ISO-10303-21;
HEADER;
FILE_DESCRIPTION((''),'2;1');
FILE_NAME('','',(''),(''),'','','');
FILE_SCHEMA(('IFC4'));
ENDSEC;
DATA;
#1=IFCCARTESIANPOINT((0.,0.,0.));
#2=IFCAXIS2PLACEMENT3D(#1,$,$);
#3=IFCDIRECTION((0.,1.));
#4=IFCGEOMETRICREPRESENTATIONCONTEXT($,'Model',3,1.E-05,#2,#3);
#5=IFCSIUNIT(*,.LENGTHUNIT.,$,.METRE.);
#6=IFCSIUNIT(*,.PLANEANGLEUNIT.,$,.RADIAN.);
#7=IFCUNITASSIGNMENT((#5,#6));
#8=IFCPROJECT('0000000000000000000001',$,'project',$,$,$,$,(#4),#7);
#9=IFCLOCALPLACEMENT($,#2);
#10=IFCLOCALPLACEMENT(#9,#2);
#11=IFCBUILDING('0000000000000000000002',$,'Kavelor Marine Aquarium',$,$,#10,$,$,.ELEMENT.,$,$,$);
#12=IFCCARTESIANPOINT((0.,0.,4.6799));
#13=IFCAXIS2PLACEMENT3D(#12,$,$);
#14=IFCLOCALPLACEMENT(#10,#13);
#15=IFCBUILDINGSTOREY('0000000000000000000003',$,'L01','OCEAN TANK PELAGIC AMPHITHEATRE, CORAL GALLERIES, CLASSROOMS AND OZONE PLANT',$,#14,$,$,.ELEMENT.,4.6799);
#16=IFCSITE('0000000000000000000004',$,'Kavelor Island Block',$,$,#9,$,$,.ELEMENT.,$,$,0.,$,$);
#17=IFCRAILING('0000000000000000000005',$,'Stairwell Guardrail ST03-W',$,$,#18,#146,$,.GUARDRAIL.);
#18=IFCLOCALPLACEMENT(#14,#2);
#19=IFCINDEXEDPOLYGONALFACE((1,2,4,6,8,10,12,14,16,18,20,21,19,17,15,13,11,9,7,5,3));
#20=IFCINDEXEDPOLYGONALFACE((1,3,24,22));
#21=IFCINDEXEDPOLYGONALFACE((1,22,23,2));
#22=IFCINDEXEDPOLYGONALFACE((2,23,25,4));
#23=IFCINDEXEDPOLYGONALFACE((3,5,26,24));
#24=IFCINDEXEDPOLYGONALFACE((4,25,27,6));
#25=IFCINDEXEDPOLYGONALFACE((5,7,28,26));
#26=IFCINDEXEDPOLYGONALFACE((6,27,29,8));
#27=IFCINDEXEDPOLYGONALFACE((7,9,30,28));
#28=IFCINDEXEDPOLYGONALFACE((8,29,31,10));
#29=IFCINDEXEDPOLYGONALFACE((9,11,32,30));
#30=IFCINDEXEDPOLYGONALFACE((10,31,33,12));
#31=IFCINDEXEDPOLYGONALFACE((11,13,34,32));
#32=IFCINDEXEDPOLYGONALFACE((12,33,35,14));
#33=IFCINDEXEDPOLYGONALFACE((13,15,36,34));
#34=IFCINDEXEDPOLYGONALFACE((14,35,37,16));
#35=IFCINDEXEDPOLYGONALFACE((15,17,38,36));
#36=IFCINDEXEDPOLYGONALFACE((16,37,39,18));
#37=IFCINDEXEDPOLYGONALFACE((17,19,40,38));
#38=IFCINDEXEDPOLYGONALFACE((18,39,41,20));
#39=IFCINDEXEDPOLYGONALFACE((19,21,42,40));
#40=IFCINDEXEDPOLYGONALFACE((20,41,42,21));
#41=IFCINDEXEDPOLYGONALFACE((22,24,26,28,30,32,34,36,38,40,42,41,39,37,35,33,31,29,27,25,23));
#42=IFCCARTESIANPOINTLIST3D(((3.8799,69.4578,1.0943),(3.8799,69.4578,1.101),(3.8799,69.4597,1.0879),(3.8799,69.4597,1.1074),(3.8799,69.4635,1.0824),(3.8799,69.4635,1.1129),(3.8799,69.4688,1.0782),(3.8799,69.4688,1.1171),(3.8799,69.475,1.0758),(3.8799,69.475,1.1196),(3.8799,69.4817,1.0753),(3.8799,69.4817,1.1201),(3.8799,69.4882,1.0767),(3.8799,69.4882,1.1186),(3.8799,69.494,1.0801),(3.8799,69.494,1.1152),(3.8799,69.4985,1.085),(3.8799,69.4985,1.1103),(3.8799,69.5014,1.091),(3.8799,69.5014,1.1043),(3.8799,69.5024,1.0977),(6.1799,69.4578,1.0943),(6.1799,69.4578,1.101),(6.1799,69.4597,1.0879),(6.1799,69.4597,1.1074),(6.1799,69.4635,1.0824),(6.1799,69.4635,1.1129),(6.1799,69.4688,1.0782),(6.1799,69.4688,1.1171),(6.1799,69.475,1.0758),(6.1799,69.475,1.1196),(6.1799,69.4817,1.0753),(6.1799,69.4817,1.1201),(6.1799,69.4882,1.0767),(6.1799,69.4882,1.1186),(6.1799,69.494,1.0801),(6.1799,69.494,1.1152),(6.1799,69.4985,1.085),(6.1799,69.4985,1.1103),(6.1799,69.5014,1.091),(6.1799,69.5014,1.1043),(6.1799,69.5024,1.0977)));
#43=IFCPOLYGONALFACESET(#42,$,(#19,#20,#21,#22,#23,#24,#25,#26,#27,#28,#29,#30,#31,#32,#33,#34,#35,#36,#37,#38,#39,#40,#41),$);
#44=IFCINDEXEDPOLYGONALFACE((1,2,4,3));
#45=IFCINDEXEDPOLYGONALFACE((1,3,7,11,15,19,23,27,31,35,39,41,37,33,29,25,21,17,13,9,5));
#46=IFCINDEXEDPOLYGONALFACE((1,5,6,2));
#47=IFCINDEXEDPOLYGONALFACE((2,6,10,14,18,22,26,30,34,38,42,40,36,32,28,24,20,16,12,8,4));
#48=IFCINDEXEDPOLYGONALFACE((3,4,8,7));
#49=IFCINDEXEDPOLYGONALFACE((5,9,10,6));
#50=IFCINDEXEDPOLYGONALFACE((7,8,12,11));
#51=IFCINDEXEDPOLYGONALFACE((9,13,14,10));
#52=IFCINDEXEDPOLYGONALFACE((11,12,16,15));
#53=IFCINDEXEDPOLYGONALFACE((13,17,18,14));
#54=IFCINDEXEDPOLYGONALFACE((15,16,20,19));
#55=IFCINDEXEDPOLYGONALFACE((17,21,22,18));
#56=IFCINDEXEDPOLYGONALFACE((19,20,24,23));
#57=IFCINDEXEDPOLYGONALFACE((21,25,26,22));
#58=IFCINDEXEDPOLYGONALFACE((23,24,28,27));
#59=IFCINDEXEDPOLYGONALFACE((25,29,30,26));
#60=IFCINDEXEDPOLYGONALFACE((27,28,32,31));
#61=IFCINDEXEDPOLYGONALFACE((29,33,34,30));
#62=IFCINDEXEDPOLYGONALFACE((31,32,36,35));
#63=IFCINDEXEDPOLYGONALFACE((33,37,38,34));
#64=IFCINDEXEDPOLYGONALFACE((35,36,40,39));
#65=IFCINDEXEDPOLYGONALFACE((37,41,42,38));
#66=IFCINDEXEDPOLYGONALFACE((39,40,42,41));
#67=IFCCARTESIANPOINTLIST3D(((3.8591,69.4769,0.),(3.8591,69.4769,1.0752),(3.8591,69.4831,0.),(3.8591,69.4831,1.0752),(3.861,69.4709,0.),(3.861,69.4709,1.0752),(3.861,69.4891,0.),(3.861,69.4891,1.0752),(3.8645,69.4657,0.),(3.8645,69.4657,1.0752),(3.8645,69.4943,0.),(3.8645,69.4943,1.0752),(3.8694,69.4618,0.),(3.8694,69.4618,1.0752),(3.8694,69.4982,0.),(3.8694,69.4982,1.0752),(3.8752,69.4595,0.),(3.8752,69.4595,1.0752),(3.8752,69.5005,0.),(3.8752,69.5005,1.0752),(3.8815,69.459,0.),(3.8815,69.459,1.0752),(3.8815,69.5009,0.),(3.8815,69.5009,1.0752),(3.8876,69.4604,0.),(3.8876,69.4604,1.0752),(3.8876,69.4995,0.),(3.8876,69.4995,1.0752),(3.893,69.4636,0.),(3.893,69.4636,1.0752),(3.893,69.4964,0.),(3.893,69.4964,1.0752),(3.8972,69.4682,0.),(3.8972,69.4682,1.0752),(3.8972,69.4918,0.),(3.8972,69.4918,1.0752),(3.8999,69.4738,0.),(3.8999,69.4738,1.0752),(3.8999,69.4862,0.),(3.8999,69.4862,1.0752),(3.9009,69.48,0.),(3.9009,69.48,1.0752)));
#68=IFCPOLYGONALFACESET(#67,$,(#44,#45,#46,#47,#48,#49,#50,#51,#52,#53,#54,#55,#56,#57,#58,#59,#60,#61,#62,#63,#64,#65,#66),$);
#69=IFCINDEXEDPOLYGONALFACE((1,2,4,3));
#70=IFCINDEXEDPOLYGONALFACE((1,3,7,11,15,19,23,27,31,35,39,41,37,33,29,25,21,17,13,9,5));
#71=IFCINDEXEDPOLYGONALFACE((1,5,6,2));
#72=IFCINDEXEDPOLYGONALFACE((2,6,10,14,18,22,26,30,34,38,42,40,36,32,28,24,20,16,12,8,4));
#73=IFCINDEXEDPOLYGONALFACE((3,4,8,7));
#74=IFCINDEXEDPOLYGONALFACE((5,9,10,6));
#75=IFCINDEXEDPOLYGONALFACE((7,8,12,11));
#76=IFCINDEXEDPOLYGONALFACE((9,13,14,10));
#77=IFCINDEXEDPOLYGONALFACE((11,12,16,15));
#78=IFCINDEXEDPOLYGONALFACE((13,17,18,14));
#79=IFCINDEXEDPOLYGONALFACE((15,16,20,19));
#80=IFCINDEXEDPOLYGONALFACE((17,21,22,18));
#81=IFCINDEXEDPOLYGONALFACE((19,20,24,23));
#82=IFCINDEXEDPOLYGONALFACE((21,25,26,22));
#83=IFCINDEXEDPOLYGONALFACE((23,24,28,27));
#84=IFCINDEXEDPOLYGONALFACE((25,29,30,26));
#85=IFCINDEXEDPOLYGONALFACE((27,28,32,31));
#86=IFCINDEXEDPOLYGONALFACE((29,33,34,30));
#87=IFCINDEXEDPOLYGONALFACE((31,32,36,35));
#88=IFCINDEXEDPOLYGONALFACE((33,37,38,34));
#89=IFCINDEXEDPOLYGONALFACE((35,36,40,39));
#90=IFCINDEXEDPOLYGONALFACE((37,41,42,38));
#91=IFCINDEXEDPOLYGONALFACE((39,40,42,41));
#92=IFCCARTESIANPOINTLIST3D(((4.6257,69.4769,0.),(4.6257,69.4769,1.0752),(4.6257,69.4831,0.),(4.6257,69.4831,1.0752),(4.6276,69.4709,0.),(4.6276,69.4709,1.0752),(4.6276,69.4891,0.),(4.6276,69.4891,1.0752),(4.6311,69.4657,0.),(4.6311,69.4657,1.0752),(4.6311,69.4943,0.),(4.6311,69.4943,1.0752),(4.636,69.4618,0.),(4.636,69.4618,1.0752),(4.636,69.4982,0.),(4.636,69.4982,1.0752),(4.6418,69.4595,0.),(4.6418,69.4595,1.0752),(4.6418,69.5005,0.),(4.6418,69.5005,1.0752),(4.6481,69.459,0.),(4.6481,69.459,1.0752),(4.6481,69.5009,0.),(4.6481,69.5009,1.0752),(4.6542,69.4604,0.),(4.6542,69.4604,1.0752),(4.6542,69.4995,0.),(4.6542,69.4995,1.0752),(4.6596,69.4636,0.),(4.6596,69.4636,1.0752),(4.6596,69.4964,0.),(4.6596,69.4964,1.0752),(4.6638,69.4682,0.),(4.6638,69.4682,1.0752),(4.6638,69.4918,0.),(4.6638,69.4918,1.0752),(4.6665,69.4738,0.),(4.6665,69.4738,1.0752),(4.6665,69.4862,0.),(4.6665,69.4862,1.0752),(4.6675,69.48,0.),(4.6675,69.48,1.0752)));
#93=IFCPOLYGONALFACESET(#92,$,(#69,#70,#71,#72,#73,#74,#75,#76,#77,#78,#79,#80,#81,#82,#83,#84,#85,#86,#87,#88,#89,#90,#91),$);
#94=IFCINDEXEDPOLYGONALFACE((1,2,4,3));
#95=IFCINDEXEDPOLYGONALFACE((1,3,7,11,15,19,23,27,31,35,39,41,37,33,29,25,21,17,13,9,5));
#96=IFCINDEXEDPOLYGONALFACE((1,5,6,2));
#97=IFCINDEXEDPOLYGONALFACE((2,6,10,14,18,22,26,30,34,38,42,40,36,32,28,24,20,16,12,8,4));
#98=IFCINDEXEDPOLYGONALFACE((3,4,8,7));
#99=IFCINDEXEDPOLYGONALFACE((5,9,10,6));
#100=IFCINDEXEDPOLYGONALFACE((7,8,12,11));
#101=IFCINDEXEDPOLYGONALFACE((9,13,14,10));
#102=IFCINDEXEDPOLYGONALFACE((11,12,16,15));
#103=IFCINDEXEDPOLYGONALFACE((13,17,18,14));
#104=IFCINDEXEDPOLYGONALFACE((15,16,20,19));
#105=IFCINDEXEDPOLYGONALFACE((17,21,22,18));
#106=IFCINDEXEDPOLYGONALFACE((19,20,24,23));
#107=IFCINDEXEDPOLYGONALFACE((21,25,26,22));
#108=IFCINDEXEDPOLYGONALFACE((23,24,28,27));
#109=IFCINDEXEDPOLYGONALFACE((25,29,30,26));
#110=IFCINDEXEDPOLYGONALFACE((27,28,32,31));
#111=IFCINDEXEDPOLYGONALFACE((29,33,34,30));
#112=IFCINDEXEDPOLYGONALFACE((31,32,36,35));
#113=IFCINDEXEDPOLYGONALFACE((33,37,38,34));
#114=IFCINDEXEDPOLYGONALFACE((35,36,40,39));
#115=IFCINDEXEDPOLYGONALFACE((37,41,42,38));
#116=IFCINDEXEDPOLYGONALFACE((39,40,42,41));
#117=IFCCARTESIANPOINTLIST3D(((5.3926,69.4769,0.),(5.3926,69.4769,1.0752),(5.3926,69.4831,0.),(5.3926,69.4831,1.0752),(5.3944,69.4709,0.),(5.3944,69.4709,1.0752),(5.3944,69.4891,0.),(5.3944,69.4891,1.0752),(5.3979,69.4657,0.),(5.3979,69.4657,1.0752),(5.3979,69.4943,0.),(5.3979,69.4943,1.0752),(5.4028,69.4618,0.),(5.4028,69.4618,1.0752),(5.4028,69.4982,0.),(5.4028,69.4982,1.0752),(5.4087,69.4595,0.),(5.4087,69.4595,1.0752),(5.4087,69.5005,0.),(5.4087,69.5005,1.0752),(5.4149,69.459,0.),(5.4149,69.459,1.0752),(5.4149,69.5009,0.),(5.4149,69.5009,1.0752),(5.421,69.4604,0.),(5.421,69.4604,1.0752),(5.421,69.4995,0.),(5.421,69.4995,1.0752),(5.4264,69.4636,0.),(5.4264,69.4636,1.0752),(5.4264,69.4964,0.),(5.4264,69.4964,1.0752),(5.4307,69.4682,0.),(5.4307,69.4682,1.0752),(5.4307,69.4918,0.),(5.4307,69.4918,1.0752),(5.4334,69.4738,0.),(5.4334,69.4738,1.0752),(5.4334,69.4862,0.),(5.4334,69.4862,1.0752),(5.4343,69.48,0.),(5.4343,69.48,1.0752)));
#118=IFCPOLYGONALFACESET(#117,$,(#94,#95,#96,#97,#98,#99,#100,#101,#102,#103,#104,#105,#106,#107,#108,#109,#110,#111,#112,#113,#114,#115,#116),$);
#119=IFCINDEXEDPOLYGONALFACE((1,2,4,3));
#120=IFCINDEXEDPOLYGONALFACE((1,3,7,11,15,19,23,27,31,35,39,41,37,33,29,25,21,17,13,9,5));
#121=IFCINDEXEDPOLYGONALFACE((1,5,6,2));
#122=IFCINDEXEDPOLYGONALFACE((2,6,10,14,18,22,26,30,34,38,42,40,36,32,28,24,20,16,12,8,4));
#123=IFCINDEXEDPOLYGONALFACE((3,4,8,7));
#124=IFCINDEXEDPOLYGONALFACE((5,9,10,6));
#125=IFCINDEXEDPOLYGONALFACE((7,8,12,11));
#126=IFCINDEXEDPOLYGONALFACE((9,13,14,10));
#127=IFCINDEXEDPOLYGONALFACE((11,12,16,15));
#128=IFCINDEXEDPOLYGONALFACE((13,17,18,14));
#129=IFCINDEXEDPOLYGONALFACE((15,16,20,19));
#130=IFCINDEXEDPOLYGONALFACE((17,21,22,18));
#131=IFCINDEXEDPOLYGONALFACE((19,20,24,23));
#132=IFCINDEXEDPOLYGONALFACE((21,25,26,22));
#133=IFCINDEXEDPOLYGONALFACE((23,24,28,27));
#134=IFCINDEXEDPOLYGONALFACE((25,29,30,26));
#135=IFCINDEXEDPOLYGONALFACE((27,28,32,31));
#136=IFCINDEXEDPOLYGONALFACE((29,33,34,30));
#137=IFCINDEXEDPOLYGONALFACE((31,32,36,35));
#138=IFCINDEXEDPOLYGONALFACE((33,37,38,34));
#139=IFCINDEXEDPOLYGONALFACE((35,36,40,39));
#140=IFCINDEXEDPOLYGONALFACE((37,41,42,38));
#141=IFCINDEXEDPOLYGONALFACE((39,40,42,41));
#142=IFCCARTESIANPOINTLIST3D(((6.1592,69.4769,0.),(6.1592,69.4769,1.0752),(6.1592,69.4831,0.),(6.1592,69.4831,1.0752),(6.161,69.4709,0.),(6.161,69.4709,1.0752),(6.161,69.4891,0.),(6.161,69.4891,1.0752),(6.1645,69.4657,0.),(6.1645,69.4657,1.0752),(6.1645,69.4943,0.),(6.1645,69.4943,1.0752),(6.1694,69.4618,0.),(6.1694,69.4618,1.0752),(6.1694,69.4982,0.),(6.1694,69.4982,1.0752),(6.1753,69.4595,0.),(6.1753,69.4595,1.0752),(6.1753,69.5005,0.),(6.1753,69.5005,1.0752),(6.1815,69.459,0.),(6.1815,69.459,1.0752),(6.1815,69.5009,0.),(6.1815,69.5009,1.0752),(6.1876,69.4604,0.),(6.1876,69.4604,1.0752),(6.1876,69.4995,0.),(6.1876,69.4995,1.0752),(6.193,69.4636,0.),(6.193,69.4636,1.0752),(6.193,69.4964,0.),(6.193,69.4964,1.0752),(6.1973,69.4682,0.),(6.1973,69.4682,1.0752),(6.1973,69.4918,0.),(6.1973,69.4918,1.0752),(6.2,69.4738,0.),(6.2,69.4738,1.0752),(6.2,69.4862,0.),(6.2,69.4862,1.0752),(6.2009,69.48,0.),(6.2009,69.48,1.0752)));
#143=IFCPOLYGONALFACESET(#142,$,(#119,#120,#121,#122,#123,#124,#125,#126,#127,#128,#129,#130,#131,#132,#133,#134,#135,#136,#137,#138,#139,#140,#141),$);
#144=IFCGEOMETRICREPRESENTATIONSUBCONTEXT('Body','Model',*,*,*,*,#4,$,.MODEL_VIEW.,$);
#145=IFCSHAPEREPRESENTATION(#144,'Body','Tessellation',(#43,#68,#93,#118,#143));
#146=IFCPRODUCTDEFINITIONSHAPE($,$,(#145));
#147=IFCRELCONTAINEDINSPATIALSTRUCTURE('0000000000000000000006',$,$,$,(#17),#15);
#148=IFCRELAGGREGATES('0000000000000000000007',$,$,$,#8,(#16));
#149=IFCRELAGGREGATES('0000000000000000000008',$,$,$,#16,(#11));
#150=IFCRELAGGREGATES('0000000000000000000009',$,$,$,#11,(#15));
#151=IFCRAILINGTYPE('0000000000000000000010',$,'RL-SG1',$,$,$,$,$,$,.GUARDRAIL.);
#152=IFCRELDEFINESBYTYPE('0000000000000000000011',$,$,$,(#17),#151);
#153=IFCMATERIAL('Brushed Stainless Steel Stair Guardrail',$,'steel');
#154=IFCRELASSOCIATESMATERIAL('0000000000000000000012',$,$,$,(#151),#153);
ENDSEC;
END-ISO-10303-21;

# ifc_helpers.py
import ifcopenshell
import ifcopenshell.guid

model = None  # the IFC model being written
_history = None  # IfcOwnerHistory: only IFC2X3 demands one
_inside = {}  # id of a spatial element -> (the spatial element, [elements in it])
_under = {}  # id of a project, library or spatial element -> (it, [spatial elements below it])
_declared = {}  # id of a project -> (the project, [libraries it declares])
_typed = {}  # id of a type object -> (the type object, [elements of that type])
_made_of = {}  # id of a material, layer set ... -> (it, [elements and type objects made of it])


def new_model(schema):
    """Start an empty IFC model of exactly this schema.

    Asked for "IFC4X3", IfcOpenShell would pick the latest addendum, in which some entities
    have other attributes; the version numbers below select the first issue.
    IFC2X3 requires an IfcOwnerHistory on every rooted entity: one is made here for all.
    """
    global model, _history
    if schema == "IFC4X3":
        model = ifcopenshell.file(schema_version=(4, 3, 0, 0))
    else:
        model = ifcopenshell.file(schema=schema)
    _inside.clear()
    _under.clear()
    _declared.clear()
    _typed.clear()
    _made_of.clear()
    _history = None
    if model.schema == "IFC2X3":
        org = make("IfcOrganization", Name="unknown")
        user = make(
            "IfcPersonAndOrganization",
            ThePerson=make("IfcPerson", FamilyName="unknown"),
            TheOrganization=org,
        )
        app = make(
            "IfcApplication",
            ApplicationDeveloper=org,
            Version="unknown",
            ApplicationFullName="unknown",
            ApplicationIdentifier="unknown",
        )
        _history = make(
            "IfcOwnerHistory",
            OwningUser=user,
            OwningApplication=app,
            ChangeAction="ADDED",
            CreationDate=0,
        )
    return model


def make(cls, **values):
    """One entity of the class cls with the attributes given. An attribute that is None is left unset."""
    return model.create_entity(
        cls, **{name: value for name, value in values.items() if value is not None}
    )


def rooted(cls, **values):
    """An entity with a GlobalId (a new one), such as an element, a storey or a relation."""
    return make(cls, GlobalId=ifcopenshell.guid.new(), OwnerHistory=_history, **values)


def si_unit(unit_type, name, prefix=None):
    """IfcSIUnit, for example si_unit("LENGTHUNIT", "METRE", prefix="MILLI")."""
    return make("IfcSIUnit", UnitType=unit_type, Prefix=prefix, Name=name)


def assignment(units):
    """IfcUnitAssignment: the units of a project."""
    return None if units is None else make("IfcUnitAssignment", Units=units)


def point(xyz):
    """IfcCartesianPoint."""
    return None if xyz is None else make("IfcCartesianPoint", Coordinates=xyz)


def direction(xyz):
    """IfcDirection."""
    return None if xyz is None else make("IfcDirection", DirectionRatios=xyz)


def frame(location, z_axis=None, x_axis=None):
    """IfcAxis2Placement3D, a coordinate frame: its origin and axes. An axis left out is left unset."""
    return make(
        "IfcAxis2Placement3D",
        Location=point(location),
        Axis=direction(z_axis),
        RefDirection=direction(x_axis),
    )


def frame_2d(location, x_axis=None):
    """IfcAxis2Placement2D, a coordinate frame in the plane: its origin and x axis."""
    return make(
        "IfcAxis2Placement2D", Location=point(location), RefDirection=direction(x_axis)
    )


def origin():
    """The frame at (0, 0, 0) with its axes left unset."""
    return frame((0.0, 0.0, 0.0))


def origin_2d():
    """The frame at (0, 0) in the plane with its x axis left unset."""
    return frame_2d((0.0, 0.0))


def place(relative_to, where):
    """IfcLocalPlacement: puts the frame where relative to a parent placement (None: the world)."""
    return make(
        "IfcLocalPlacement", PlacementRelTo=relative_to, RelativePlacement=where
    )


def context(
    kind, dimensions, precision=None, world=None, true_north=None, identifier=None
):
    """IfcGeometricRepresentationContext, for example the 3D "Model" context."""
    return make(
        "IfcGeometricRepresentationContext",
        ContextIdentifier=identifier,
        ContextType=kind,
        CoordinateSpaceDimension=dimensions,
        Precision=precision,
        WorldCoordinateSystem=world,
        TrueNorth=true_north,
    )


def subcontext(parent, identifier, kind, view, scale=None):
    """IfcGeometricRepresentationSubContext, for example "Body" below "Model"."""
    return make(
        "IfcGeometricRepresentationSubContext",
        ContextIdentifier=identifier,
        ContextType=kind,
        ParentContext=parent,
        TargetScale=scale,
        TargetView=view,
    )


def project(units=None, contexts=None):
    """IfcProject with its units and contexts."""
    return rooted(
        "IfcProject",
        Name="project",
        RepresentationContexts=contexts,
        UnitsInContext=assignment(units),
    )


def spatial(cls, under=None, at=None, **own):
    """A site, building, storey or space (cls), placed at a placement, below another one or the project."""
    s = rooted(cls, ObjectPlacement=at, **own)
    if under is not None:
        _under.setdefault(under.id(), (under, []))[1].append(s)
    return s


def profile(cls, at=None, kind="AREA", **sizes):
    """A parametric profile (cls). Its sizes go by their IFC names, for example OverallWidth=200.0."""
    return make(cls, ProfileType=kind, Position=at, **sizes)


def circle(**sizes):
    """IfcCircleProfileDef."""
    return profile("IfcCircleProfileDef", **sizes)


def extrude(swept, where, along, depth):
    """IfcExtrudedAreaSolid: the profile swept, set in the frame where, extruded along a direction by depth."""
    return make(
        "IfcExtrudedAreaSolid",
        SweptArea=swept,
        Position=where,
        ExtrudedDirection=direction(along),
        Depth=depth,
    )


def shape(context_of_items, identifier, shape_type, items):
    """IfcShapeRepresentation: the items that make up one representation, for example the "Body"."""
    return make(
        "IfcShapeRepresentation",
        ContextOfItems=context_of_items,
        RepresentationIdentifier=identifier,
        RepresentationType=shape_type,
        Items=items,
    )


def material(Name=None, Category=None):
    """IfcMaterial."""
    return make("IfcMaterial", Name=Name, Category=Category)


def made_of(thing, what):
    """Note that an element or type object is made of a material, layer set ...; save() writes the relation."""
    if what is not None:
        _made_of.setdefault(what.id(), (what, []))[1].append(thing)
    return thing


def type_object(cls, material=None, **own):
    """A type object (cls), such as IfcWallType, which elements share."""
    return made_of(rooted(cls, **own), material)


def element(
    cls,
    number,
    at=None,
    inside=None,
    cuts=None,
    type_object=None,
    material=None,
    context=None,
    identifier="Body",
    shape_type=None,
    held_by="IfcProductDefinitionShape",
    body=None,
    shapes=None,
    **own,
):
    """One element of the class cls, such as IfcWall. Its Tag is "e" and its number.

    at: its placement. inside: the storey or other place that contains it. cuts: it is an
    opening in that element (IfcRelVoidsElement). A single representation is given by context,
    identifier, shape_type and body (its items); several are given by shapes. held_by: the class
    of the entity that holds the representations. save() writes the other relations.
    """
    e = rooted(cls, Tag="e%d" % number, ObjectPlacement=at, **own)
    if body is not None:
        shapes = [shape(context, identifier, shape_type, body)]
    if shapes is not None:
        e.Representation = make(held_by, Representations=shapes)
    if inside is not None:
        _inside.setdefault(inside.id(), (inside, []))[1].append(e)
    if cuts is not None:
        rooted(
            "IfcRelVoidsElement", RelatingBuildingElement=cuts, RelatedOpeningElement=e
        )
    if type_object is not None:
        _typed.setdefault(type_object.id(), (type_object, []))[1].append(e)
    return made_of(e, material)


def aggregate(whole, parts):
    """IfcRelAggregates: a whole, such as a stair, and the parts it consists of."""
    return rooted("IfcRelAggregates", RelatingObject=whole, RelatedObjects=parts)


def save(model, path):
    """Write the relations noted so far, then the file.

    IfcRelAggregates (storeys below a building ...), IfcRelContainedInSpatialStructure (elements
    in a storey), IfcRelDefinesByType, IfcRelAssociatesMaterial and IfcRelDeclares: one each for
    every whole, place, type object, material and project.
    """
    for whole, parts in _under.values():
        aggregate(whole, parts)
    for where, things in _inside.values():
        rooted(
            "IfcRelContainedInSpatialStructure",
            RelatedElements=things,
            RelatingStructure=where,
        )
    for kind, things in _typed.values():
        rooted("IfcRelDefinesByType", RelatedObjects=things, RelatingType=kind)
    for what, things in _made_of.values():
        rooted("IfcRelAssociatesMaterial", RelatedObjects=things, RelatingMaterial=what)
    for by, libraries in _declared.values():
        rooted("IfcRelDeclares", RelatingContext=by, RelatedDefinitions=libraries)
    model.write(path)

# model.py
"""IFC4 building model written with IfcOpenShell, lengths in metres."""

from ifc_helpers import new_model, si_unit, direction, frame, origin, origin_2d, place, context, subcontext, project, spatial, circle, extrude, material, type_object, element, save


model = new_model("IFC4")

# Units and contexts
model_context = context("Model", 3, precision=1e-05, world=origin(), true_north=direction((0.0, 1.0)))
body_context = subcontext(model_context, "Body", "Model", "MODEL_VIEW")
ifc_project = project(units=[si_unit("LENGTHUNIT", "METRE"), si_unit("PLANEANGLEUNIT", "RADIAN")], contexts=[model_context])

# Site, building, storey
site_placement = place(None, origin())
site = spatial("IfcSite", under=ifc_project, at=site_placement, Name="Kavelor Island Block", CompositionType="ELEMENT", RefElevation=0.0)
building_placement = place(site_placement, origin())
building = spatial("IfcBuilding", under=site, at=building_placement, Name="Kavelor Marine Aquarium", CompositionType="ELEMENT")
storey_placement = place(building_placement, frame((0.0, 0.0, 4.6799)))
storey = spatial("IfcBuildingStorey", under=building, at=storey_placement, Name="L01", Description="OCEAN TANK PELAGIC AMPHITHEATRE, CORAL GALLERIES, CLASSROOMS AND OZONE PLANT", CompositionType="ELEMENT", Elevation=4.6799)

# Railing
ifc_material_1 = material(Name="Brushed Stainless Steel Stair Guardrail", Category="steel")
railing_type_1 = type_object("IfcRailingType", Name="RL-SG1", PredefinedType="GUARDRAIL", material=ifc_material_1)
railing_1_placement = place(storey_placement, frame((3.8799, 69.48, 0.0)))
element("IfcRailing", 1, at=railing_1_placement, inside=storey, type_object=railing_type_1, Name="Stairwell Guardrail ST03-W", PredefinedType="GUARDRAIL", context=body_context, shape_type="SweptSolid", body=[
    extrude(circle(Radius=0.0225, at=origin_2d()), frame((0.0, 0.0, 1.0977), z_axis=(1.0, 0.0, 0.0), x_axis=(0.0, 1.0, 0.0)), (0.0, 0.0, 1.0), 2.3),
    extrude(circle(Radius=0.021, at=origin_2d()), origin(), (0.0, 0.0, 1.0), 1.0752),
    extrude(circle(Radius=0.021, at=origin_2d()), frame((0.7666, 0.0, 0.0)), (0.0, 0.0, 1.0), 1.0752),
    extrude(circle(Radius=0.021, at=origin_2d()), frame((1.5334, 0.0, 0.0)), (0.0, 0.0, 1.0), 1.0752),
    extrude(circle(Radius=0.021, at=origin_2d()), frame((2.3, 0.0, 0.0)), (0.0, 0.0, 1.0), 1.0752),
])

save(model, "model.ifc")
